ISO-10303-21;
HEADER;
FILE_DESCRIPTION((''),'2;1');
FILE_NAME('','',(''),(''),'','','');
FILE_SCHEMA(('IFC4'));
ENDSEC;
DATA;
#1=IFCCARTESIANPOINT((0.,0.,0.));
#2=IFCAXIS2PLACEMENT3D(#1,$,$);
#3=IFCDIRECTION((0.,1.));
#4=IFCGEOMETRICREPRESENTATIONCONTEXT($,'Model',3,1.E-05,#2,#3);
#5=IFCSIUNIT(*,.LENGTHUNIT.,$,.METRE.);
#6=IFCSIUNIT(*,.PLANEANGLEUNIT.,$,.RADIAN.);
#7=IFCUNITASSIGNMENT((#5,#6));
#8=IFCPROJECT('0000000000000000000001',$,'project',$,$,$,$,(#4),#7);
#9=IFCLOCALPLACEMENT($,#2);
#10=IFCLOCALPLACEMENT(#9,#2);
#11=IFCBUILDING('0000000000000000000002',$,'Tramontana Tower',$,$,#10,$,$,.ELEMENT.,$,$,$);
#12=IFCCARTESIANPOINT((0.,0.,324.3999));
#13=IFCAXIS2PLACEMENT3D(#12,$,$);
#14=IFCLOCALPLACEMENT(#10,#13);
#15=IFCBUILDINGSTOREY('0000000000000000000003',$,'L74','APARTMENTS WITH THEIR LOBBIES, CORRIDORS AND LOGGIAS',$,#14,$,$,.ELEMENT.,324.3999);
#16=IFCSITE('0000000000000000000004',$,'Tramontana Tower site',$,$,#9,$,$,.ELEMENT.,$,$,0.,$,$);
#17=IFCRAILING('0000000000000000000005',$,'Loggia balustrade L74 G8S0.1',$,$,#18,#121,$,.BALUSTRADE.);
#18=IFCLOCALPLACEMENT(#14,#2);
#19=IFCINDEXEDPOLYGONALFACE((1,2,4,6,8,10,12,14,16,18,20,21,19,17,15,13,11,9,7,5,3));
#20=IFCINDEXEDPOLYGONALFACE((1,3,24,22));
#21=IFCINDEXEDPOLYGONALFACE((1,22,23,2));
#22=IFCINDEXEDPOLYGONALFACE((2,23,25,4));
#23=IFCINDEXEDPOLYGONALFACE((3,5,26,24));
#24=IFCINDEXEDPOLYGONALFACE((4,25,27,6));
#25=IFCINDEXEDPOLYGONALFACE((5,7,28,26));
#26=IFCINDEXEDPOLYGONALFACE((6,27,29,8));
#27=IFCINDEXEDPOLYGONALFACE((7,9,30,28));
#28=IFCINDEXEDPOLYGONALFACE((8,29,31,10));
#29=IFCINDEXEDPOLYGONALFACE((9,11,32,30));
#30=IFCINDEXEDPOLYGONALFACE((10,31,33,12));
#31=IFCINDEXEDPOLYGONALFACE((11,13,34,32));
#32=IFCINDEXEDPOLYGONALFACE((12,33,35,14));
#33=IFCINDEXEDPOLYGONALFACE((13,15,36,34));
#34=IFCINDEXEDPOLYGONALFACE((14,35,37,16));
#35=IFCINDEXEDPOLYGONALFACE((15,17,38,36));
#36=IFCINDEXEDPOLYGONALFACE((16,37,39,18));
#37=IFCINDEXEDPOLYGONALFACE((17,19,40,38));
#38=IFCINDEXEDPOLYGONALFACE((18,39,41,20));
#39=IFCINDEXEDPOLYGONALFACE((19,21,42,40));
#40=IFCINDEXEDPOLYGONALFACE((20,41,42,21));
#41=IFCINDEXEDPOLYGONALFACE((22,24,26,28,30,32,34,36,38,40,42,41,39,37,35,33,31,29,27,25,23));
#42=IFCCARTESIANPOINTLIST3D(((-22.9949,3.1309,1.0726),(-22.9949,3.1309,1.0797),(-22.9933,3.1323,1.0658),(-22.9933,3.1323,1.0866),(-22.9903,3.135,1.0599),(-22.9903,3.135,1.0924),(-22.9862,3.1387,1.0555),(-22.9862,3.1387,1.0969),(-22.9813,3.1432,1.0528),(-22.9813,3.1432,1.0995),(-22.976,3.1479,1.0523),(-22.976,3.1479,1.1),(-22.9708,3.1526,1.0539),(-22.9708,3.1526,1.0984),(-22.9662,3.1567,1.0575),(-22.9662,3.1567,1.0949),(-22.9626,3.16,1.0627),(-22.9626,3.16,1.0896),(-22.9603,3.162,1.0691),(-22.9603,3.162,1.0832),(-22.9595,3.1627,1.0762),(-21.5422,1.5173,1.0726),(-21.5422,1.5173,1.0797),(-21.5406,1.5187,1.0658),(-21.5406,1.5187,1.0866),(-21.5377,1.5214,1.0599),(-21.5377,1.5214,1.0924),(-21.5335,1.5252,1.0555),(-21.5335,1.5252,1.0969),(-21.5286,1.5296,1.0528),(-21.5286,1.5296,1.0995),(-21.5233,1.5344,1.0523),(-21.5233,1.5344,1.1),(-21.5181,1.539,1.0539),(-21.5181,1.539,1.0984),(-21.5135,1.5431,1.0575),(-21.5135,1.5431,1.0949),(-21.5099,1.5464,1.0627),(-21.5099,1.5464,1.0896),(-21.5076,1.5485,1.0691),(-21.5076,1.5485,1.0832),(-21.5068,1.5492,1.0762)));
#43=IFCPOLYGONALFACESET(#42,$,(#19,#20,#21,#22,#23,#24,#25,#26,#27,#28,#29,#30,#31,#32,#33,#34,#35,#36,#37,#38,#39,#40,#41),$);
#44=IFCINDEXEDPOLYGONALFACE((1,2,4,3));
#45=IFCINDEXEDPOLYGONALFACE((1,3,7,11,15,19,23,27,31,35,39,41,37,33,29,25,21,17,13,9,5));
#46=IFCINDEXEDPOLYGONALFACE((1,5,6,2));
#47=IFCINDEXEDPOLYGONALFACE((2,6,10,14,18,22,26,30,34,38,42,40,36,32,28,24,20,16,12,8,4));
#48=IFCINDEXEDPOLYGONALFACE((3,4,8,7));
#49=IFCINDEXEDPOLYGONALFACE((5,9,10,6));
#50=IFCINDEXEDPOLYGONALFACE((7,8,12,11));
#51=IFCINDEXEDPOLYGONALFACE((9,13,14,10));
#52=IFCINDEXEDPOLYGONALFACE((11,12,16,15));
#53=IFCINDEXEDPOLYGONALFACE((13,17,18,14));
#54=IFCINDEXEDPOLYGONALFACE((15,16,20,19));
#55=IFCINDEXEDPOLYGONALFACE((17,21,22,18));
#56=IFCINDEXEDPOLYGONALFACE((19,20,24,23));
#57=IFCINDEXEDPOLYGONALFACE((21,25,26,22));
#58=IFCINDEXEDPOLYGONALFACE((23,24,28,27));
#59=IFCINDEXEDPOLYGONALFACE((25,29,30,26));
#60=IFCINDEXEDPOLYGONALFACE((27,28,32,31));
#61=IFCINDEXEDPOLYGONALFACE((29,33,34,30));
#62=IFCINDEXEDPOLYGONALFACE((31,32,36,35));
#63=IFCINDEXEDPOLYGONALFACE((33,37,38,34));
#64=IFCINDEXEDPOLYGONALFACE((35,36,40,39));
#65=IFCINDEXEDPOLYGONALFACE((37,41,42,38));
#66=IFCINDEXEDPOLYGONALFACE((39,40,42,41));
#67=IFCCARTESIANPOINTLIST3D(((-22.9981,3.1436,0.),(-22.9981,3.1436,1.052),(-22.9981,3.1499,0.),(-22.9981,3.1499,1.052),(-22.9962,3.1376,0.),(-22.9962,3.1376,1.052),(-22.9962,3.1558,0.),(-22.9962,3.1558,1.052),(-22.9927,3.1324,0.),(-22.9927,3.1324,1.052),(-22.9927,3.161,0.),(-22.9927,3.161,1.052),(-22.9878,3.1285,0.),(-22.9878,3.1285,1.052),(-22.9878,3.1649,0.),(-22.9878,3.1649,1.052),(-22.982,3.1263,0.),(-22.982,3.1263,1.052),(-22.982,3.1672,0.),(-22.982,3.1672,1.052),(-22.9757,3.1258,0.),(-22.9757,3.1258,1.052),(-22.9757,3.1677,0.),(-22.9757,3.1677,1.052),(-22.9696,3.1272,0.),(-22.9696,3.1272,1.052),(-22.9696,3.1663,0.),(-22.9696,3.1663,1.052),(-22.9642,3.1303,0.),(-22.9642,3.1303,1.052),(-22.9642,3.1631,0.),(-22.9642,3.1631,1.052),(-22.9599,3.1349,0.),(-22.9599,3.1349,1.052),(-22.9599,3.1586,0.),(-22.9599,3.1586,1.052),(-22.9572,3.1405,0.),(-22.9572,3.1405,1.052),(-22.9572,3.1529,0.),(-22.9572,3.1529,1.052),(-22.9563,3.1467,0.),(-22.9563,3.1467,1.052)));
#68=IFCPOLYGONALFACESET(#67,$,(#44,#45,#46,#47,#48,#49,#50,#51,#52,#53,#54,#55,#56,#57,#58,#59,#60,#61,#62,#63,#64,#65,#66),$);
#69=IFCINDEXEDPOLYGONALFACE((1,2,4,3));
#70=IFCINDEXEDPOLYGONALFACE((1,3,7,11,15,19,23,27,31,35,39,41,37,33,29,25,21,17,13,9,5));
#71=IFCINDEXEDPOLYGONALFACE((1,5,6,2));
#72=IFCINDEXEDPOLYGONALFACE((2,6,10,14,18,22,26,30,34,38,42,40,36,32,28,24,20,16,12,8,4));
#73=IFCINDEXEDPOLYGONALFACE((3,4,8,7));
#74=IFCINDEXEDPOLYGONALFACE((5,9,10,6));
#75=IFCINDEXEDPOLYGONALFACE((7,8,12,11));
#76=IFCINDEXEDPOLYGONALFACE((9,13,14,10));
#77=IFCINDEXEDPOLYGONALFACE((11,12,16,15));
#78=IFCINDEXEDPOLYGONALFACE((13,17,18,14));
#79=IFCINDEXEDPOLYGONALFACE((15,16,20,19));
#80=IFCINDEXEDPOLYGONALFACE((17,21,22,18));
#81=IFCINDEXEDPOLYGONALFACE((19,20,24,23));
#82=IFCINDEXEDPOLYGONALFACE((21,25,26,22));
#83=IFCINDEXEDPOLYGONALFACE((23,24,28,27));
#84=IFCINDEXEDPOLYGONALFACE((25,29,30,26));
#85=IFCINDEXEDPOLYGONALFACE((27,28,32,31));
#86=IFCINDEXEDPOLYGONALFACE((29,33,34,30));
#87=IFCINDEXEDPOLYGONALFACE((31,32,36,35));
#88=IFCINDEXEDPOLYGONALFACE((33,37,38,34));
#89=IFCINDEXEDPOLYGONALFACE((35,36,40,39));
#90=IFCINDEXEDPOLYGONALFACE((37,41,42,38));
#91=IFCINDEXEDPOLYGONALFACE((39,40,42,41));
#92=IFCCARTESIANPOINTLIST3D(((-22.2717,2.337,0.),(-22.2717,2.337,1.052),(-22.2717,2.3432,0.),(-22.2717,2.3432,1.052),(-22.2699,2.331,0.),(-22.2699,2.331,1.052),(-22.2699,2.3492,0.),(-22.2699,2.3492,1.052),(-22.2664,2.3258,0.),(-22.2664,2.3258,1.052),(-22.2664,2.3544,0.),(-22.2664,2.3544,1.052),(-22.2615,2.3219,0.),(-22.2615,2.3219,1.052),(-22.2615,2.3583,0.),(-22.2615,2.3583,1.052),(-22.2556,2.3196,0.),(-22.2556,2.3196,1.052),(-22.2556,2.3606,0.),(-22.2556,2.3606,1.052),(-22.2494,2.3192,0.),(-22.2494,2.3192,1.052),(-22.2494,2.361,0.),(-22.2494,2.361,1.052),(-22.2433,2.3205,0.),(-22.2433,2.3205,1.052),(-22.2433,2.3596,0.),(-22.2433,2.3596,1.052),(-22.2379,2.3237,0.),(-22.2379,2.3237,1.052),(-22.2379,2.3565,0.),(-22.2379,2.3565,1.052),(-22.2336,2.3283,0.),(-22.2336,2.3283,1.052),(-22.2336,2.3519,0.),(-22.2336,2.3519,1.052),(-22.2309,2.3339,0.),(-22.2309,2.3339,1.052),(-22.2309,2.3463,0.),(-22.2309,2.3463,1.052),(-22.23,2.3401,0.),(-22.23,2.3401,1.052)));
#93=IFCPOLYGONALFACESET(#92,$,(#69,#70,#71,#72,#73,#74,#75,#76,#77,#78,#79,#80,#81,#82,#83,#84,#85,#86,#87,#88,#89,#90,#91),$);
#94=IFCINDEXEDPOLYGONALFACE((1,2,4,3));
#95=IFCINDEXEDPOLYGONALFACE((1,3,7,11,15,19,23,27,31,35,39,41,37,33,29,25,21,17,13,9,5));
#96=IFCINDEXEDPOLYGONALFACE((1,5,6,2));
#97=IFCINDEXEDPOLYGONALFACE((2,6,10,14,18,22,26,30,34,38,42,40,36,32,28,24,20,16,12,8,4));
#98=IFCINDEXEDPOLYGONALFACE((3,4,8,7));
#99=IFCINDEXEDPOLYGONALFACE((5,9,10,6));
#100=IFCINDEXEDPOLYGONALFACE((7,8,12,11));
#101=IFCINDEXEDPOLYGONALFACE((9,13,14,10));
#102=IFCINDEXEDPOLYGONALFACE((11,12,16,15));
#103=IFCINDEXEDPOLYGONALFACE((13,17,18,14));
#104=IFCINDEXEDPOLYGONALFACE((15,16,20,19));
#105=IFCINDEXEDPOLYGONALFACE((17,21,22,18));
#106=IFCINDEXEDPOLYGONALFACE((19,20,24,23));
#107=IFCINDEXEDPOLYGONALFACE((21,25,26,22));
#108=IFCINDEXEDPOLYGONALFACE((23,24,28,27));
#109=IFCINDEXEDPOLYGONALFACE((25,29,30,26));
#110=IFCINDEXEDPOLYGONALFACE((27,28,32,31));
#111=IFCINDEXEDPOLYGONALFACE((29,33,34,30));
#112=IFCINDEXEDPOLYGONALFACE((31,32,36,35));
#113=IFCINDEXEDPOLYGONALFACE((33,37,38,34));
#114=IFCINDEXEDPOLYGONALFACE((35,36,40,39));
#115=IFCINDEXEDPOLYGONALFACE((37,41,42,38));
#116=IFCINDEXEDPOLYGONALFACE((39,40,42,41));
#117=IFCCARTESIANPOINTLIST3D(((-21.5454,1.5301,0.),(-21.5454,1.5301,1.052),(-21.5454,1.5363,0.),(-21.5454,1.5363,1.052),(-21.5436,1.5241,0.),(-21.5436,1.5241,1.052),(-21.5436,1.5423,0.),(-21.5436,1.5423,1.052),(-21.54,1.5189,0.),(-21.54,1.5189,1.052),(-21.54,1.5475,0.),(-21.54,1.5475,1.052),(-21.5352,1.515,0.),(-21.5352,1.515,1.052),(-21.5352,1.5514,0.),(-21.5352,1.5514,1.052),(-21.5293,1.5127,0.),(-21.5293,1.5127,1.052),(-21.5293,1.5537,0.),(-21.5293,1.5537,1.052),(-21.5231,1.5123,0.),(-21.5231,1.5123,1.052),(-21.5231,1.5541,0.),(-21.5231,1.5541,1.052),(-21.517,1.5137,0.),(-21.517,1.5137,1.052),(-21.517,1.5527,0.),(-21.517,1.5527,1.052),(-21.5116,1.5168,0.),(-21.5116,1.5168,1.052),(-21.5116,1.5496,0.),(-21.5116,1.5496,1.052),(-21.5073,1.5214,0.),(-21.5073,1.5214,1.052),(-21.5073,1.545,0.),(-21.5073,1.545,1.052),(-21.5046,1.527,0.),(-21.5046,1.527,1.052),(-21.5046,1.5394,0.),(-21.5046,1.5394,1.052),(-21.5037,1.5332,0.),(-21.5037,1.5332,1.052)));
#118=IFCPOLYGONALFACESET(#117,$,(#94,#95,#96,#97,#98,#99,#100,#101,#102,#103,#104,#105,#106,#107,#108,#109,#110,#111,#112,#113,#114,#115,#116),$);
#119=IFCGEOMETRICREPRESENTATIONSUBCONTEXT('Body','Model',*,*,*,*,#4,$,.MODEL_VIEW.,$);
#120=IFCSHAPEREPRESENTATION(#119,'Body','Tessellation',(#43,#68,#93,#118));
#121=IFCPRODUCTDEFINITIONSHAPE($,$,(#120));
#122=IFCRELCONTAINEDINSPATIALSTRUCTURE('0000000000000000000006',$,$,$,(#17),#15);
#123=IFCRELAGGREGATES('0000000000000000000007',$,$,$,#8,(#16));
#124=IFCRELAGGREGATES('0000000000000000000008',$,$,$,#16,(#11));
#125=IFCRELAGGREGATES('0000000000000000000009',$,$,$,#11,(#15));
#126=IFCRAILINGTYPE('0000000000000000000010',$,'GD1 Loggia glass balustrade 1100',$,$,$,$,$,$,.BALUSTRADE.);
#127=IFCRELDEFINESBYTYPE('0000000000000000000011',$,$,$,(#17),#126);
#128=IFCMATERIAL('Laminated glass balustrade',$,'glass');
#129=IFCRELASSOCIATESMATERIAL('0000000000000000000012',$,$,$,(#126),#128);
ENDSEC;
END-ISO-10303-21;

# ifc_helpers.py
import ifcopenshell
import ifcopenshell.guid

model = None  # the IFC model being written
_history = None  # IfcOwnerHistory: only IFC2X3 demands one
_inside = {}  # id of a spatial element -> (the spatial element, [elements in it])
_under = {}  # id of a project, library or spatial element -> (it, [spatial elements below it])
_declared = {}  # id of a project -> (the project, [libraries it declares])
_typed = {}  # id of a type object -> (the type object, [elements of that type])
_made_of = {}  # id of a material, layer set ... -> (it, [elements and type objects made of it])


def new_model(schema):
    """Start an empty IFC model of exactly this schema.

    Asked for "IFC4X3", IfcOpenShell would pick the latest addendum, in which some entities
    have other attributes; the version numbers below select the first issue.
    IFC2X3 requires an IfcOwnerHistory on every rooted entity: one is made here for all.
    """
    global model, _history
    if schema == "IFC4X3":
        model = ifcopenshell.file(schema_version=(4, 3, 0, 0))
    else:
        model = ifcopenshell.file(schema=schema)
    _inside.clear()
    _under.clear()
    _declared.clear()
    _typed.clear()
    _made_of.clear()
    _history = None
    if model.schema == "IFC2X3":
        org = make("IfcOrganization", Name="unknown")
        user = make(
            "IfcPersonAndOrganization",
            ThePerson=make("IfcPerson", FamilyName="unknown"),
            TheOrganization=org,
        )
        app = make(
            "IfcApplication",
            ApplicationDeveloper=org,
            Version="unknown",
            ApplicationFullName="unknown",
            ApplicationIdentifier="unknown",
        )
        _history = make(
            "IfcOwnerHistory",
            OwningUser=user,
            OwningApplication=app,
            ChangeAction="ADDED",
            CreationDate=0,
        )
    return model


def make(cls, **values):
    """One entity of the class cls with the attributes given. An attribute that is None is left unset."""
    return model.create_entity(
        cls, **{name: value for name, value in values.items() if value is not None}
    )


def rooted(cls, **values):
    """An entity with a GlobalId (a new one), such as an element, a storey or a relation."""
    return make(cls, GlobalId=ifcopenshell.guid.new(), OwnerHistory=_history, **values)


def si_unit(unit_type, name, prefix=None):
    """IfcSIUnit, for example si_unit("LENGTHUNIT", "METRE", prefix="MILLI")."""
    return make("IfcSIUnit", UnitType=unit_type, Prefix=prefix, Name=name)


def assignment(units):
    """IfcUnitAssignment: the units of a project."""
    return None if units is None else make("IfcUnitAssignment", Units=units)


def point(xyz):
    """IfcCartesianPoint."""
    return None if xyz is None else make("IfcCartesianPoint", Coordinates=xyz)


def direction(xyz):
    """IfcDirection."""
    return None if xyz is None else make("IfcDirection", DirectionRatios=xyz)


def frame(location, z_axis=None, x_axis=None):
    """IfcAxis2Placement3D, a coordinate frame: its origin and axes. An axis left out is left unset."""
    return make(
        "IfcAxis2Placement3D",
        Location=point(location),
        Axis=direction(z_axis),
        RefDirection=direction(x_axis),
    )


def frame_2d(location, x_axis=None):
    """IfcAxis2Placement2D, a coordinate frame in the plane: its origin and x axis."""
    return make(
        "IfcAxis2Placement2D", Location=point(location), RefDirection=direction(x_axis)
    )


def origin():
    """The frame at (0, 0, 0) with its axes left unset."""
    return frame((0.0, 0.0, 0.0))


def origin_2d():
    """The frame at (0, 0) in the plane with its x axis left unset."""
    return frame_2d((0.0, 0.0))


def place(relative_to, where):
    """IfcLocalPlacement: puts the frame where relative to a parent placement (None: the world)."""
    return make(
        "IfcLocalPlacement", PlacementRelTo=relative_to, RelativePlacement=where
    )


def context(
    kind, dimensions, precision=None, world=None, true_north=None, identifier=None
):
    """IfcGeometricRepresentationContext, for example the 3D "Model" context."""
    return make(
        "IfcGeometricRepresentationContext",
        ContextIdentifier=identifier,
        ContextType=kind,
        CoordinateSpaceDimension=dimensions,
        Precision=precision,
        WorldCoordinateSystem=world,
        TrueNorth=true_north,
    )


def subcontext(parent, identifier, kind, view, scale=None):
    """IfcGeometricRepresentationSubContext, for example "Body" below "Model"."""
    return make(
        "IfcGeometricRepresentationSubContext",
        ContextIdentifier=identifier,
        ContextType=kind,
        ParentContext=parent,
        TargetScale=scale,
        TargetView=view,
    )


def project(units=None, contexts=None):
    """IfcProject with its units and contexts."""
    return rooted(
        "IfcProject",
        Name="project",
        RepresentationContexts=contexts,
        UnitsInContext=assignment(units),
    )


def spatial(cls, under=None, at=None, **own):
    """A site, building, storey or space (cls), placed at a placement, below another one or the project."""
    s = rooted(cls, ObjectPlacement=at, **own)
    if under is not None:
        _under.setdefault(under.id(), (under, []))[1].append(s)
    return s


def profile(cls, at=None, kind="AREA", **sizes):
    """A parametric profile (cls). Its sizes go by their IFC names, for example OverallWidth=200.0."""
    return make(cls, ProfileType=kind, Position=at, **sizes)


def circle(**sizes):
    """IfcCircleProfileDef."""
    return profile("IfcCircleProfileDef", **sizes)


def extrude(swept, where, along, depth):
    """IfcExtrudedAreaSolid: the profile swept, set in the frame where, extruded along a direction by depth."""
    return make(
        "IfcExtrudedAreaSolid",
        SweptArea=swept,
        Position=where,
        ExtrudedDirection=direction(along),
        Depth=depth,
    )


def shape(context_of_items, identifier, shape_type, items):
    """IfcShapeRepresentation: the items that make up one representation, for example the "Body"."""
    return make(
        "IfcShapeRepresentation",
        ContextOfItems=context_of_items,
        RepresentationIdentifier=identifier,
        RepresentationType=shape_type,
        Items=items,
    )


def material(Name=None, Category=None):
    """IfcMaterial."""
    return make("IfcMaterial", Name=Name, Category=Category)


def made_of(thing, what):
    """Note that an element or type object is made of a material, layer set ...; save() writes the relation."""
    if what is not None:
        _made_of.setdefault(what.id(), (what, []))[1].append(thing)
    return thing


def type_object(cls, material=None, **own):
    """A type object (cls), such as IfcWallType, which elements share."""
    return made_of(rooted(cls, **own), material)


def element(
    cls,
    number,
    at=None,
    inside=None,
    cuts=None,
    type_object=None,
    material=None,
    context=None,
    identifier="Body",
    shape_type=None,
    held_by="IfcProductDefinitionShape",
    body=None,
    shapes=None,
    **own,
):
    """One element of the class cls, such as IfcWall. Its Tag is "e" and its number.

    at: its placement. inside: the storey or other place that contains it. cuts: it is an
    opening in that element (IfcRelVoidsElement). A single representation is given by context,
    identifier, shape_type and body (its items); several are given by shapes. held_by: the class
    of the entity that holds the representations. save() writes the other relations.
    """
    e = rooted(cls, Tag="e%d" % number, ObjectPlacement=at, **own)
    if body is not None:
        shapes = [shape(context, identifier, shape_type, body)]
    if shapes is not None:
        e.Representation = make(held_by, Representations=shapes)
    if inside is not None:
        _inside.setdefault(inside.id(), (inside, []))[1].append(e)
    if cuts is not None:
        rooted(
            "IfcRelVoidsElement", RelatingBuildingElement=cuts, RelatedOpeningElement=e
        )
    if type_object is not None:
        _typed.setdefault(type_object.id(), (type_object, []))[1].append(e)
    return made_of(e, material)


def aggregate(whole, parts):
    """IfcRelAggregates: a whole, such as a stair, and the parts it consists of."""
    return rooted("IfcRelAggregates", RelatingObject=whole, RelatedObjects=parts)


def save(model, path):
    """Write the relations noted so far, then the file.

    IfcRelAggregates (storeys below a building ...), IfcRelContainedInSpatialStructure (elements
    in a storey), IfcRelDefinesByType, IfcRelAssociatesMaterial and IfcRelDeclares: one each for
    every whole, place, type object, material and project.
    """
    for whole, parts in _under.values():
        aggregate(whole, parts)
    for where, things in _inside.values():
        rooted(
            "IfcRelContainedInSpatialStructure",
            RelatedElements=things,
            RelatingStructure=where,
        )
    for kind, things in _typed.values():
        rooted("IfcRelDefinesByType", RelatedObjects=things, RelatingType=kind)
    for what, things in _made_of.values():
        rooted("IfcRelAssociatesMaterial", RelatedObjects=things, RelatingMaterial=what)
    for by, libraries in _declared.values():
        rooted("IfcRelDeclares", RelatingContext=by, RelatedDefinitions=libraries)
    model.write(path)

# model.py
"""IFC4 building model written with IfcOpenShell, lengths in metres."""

from ifc_helpers import new_model, si_unit, direction, frame, origin, origin_2d, place, context, subcontext, project, spatial, circle, extrude, material, type_object, element, save


model = new_model("IFC4")

# Units and contexts
model_context = context("Model", 3, precision=1e-05, world=origin(), true_north=direction((0.0, 1.0)))
body_context = subcontext(model_context, "Body", "Model", "MODEL_VIEW")
ifc_project = project(units=[si_unit("LENGTHUNIT", "METRE"), si_unit("PLANEANGLEUNIT", "RADIAN")], contexts=[model_context])

# Site, building, storey
site_placement = place(None, origin())
site = spatial("IfcSite", under=ifc_project, at=site_placement, Name="Tramontana Tower site", CompositionType="ELEMENT", RefElevation=0.0)
building_placement = place(site_placement, origin())
building = spatial("IfcBuilding", under=site, at=building_placement, Name="Tramontana Tower", CompositionType="ELEMENT")
storey_placement = place(building_placement, frame((0.0, 0.0, 324.3999)))
storey = spatial("IfcBuildingStorey", under=building, at=storey_placement, Name="L74", Description="APARTMENTS WITH THEIR LOBBIES, CORRIDORS AND LOGGIAS", CompositionType="ELEMENT", Elevation=324.3999)

# Railing
ifc_material_1 = material(Name="Laminated glass balustrade", Category="glass")
railing_type = type_object("IfcRailingType", Name="GD1 Loggia glass balustrade 1100", PredefinedType="BALUSTRADE", material=ifc_material_1)
railing_1_placement = place(storey_placement, frame((-22.9773, 3.1467, 0.0)))
element("IfcRailing", 1, at=railing_1_placement, inside=storey, type_object=railing_type, Name="Loggia balustrade L74 G8S0.1", PredefinedType="BALUSTRADE", context=body_context, shape_type="SweptSolid", body=[
    extrude(circle(Radius=0.0239, at=origin_2d()), frame((0.0, 0.0, 1.0762), z_axis=(0.669083, -0.743188, 0.0), x_axis=(0.743188, 0.669083, 0.0)), (0.0, 0.0, 1.0), 2.1711),
    extrude(circle(Radius=0.021, at=origin_2d()), origin(), (0.0, 0.0, 1.0), 1.052),
    extrude(circle(Radius=0.021, at=origin_2d()), frame((0.7263, -0.8066, 0.0)), (0.0, 0.0, 1.0), 1.052),
    extrude(circle(Radius=0.021, at=origin_2d()), frame((1.4526, -1.6135, 0.0)), (0.0, 0.0, 1.0), 1.052),
])

save(model, "model.ifc")
